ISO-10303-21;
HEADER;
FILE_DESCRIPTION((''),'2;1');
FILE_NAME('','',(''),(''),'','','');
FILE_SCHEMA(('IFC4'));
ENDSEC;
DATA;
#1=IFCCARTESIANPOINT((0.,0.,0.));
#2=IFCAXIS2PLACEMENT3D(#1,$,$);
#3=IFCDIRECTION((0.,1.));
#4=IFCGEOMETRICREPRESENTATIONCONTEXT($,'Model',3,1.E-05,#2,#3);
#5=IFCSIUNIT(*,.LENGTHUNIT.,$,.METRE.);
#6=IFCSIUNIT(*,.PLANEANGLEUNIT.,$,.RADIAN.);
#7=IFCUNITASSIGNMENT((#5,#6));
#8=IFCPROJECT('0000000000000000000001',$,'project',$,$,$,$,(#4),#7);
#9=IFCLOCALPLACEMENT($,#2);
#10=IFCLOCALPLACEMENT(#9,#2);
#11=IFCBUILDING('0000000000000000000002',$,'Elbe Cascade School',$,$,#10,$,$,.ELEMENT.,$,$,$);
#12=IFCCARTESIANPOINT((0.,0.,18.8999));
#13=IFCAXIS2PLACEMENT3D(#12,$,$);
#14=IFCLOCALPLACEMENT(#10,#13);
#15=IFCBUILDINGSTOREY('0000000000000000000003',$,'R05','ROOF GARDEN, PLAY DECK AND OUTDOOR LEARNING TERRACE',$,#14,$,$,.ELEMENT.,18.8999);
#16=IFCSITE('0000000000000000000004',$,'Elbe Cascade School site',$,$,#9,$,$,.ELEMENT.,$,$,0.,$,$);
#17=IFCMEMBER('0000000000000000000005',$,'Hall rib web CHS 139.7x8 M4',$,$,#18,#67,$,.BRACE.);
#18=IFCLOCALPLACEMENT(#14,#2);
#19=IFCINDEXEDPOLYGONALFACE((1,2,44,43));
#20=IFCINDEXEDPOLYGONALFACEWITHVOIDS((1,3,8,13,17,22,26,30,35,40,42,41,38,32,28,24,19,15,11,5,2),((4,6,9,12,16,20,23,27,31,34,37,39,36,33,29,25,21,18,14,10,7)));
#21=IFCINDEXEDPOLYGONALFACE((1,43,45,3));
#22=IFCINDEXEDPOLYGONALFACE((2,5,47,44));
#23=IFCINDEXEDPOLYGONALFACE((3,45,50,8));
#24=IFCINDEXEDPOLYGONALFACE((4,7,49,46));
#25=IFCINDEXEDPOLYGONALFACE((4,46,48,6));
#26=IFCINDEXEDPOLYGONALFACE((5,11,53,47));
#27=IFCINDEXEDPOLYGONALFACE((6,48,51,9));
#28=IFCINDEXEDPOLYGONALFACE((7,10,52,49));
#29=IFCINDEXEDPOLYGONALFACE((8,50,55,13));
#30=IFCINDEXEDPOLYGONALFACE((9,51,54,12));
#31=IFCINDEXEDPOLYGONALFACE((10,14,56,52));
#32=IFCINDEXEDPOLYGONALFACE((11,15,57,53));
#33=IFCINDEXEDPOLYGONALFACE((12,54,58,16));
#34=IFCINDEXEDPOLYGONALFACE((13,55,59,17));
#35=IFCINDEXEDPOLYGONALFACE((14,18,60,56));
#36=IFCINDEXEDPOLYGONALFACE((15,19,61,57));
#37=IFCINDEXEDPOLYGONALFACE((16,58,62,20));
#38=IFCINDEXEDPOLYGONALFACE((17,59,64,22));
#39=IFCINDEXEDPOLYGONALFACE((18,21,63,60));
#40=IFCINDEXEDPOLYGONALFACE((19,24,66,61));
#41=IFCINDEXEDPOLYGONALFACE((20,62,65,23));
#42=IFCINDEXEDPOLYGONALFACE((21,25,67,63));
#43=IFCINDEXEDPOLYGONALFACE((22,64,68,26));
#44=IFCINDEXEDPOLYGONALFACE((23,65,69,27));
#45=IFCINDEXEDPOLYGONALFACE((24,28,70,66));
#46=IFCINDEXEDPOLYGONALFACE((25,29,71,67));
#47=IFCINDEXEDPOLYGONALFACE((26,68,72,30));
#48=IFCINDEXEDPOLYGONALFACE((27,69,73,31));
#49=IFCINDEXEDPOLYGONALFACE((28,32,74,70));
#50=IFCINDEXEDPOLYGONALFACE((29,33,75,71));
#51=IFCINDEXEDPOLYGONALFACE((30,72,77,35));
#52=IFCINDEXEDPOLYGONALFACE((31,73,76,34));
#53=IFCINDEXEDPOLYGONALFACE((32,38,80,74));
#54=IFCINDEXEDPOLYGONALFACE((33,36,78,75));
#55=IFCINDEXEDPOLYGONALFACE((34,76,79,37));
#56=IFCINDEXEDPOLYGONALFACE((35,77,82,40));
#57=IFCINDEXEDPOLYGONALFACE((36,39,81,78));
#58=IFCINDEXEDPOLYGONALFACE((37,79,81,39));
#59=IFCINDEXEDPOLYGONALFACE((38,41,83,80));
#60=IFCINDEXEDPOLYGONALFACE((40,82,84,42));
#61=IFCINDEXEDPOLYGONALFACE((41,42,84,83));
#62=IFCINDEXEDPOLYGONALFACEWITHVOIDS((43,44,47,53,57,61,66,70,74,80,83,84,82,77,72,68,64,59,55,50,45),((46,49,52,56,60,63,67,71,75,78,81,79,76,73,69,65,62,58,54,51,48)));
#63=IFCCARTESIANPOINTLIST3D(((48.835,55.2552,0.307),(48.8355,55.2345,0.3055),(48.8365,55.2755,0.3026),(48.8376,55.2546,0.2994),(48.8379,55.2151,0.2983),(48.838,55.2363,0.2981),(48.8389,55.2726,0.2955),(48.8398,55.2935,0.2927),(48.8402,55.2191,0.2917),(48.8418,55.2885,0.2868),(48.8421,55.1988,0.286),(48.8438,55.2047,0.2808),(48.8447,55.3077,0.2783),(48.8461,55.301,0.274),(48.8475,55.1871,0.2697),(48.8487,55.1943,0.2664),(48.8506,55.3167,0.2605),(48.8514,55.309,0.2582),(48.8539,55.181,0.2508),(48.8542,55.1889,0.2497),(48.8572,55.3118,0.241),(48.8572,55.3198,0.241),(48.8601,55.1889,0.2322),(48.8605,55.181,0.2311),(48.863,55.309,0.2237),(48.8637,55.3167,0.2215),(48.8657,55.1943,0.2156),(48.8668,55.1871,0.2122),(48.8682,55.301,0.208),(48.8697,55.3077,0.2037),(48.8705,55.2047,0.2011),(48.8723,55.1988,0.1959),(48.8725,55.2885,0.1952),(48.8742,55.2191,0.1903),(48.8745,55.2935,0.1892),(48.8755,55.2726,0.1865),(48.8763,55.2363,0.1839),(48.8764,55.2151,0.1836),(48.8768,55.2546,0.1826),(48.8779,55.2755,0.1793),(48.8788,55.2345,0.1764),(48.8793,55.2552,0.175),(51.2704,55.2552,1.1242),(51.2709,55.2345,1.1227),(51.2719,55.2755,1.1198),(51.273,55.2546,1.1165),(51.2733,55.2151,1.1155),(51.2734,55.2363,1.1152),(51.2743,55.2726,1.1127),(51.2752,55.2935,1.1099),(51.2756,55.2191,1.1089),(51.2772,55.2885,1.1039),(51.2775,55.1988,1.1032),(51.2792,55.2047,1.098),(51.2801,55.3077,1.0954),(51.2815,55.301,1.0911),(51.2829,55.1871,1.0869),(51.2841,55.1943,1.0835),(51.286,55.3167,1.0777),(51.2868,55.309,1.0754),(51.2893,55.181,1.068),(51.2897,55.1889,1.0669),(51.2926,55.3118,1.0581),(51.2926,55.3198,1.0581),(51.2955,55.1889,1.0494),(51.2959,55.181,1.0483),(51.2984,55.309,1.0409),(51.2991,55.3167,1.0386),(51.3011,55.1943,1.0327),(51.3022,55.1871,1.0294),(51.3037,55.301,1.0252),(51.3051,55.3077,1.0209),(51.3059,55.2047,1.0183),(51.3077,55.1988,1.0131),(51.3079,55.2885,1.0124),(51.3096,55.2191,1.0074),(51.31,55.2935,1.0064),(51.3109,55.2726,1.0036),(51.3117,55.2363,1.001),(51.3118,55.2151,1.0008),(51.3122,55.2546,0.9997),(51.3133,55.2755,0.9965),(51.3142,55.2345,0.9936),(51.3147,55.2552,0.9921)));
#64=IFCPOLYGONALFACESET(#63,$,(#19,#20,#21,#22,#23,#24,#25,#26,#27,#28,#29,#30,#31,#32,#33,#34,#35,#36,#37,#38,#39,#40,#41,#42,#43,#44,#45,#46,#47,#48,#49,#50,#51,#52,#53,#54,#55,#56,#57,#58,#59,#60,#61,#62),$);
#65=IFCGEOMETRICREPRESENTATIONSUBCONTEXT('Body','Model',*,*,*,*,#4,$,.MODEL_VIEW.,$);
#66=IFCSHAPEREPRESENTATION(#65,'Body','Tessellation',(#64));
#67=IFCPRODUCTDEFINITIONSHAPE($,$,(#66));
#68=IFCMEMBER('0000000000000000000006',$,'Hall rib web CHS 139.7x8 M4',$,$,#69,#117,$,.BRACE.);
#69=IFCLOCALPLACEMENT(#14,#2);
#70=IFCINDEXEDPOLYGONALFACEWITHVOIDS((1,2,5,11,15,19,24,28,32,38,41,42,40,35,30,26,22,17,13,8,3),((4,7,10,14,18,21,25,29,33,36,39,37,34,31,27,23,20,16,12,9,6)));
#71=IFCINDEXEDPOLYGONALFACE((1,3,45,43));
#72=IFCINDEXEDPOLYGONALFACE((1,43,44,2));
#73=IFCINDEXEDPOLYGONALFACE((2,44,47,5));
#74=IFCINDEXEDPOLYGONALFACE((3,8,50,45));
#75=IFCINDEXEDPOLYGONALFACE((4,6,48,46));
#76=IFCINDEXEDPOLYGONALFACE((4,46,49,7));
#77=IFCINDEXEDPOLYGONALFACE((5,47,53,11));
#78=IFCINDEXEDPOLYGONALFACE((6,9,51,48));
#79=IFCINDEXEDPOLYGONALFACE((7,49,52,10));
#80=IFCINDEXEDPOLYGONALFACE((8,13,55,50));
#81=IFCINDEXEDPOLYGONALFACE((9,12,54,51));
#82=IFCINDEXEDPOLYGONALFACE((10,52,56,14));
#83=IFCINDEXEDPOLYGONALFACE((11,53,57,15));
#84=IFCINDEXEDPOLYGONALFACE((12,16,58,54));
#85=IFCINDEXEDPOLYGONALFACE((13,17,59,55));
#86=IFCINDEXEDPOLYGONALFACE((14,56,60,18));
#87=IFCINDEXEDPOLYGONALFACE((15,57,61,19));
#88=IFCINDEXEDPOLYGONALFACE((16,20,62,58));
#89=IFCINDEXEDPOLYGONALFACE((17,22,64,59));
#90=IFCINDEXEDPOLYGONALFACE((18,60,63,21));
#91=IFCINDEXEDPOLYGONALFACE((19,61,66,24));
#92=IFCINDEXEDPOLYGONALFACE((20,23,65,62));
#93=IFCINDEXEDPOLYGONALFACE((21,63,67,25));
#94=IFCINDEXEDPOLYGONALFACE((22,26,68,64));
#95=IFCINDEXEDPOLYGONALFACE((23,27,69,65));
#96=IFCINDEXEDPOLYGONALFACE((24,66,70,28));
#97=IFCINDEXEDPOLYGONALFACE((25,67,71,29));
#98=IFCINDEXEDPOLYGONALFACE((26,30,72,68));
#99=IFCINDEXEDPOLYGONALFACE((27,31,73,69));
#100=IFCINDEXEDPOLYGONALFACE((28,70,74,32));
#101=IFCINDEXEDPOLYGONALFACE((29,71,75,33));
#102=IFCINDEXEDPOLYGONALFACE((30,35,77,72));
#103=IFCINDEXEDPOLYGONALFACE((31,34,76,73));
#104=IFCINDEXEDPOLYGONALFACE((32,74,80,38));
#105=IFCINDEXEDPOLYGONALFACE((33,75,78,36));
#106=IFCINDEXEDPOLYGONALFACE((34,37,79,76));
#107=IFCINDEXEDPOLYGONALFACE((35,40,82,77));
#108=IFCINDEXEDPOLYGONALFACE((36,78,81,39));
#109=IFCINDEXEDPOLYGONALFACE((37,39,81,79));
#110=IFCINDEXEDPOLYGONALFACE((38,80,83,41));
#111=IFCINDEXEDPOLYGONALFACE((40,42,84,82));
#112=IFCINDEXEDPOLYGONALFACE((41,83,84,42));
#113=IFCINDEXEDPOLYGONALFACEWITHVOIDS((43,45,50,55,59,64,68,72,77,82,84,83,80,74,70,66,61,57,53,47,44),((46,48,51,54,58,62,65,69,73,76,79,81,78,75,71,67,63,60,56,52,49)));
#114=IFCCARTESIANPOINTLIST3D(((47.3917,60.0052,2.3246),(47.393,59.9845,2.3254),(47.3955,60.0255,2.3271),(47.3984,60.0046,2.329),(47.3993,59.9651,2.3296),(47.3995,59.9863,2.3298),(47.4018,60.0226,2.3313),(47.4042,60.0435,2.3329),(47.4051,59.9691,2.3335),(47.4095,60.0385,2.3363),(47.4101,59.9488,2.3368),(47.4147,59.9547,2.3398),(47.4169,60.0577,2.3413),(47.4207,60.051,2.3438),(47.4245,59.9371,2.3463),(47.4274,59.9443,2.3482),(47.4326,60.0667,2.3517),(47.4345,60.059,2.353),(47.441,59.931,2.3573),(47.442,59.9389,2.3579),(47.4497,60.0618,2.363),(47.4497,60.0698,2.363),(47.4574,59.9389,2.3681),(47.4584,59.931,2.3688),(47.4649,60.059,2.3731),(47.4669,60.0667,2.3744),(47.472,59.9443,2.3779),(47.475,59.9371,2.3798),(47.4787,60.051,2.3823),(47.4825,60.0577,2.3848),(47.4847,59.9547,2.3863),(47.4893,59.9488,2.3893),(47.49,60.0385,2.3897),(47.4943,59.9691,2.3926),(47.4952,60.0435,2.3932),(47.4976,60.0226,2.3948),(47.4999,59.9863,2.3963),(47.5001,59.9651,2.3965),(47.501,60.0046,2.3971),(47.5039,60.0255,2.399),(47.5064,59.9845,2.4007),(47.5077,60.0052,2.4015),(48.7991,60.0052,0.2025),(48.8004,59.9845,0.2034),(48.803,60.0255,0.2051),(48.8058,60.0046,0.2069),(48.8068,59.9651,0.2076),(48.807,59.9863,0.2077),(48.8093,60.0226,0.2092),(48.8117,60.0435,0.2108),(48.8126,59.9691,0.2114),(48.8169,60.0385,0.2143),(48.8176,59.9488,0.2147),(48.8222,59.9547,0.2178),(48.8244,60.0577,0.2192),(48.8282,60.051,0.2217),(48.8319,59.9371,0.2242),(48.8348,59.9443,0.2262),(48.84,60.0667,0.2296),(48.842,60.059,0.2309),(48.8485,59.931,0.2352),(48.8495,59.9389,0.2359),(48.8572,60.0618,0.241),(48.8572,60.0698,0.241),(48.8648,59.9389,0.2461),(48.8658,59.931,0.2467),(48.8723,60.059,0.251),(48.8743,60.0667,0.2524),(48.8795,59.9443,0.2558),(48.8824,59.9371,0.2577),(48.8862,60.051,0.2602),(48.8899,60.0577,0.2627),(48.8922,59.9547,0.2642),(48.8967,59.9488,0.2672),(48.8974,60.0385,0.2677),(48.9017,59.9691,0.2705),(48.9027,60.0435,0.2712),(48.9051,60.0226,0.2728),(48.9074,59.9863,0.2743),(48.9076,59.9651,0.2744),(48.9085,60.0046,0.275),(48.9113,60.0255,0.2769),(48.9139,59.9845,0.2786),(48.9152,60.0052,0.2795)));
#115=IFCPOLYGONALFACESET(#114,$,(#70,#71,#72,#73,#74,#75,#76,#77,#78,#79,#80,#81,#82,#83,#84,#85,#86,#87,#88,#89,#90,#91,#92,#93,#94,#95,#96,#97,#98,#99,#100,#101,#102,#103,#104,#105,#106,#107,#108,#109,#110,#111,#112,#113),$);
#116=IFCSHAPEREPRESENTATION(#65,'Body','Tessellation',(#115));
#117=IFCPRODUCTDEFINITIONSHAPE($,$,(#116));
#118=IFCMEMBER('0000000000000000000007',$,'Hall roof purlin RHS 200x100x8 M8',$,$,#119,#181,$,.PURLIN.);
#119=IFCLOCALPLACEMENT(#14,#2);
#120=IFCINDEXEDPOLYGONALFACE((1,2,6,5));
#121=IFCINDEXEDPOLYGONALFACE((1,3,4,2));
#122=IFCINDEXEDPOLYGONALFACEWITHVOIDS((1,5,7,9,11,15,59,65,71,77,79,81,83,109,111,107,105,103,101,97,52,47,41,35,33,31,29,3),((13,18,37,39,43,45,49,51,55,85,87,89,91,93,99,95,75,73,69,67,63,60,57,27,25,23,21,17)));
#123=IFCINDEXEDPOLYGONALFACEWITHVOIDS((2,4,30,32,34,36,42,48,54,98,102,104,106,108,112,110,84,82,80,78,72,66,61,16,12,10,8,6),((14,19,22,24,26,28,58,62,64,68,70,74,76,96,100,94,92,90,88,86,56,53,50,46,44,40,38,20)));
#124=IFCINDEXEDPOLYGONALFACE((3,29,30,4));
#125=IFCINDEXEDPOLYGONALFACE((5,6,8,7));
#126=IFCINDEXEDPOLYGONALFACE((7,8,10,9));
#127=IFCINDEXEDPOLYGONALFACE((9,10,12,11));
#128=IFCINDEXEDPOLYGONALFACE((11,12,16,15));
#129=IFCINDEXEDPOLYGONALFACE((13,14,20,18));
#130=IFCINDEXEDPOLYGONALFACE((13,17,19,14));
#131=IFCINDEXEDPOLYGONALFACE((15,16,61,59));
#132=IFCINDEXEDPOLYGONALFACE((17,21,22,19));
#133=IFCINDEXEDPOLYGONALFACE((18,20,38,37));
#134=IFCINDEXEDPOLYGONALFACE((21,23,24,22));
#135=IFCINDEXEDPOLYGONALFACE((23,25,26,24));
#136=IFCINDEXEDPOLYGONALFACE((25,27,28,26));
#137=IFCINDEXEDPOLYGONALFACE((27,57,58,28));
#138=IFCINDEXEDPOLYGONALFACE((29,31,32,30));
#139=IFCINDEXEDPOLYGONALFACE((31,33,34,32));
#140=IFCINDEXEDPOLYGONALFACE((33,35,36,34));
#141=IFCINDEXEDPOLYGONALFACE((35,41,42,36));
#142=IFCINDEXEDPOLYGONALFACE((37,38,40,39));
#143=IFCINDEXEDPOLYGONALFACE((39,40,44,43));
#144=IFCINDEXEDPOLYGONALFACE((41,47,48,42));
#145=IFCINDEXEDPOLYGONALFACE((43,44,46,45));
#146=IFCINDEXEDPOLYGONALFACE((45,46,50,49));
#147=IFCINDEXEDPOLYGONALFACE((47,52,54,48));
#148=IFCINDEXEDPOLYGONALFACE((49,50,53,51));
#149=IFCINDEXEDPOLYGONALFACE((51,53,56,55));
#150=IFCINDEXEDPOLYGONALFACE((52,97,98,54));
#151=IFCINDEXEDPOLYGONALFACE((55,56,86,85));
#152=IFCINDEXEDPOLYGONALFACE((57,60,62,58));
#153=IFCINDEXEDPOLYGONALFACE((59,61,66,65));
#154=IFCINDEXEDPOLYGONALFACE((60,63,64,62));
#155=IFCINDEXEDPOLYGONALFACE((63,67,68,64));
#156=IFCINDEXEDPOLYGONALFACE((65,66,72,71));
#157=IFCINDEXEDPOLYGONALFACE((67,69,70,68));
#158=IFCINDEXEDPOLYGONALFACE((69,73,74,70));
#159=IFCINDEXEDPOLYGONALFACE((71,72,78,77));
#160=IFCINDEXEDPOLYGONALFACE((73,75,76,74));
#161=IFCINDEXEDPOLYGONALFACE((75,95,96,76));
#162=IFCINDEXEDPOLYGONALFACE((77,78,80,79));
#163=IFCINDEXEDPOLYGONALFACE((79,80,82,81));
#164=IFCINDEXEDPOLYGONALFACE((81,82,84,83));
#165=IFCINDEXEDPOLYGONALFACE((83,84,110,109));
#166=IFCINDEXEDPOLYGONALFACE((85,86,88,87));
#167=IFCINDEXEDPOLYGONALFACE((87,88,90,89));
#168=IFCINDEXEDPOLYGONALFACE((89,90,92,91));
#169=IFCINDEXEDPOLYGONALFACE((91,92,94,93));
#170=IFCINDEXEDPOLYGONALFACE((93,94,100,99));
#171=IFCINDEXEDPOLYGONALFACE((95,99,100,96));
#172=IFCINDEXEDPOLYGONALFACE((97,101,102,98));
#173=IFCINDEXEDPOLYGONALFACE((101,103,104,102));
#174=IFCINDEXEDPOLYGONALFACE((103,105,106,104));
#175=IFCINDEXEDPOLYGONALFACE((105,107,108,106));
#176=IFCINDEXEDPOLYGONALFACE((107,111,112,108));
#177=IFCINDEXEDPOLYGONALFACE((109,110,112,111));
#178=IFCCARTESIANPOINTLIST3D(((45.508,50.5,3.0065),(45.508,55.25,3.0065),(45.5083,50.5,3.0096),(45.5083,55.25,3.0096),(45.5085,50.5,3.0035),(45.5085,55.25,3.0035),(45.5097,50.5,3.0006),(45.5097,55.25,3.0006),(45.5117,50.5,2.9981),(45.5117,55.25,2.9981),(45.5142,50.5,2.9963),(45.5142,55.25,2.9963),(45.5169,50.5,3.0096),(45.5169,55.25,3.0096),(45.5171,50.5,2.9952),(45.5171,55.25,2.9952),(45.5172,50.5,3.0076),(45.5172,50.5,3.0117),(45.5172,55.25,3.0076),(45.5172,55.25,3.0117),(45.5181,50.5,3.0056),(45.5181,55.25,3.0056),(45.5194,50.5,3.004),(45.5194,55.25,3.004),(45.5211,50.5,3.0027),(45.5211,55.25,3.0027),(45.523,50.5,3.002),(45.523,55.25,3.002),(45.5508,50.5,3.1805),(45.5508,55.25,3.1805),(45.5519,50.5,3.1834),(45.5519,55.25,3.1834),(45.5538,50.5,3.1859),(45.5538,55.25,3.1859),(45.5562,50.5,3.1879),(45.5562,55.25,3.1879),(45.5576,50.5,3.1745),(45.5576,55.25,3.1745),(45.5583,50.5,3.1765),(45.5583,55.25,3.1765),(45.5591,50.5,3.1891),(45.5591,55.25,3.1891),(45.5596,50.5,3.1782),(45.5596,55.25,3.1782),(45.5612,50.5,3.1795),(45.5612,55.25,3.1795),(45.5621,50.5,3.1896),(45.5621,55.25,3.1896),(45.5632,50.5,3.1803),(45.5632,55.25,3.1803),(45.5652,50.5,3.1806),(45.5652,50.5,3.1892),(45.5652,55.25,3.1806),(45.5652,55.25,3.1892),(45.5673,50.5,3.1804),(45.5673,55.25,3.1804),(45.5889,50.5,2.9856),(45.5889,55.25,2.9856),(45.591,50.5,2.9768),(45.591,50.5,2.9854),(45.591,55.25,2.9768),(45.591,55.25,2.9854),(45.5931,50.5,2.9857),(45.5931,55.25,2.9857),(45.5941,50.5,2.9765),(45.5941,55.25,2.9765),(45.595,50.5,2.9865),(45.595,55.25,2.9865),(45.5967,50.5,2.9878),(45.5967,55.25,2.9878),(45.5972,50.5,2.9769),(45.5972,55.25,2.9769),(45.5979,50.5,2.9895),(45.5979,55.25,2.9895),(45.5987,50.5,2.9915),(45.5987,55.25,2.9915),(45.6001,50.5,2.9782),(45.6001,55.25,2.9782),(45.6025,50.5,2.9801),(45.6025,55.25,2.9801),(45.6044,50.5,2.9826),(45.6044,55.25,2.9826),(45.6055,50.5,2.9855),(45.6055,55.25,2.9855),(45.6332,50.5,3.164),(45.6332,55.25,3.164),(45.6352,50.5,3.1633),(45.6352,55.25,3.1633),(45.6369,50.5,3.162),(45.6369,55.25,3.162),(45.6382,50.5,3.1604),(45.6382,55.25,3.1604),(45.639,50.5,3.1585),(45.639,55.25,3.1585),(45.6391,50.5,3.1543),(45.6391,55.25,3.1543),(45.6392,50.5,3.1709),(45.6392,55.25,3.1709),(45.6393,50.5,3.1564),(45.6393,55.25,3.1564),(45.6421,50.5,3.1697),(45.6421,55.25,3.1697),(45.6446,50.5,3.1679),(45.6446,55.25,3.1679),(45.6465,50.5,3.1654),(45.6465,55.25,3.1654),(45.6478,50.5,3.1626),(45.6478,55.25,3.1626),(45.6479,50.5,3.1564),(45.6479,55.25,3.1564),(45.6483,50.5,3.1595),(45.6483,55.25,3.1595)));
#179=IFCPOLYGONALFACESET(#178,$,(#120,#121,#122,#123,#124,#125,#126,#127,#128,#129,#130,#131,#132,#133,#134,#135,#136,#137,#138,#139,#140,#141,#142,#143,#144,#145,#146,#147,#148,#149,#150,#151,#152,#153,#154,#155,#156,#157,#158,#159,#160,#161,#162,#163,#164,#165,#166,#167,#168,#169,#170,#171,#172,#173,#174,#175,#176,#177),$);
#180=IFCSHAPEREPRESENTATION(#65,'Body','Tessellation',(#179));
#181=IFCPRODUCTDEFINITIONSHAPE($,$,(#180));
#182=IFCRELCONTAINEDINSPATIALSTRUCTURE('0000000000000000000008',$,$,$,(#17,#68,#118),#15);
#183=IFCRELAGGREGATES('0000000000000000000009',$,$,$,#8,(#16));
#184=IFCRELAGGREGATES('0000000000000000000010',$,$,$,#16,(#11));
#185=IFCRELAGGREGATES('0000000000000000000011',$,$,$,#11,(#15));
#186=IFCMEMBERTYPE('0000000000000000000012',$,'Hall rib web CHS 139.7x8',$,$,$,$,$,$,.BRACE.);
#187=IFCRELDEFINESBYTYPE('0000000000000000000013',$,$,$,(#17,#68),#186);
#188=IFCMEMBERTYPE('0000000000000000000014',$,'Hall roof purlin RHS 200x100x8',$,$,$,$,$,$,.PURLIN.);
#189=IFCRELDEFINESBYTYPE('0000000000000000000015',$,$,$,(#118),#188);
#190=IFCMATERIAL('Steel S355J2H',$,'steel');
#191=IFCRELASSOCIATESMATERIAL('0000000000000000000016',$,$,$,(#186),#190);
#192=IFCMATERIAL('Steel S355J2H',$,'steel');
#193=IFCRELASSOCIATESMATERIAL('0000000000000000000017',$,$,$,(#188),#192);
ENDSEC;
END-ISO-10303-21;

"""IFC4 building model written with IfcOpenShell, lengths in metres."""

from ifc_helpers import new_model, si_unit, direction, frame, origin, origin_2d, place, context, subcontext, project, spatial, hollow_rectangle, hollow_circle, extrude, material, material_profile, profile_set, type_object, element, save


model = new_model("IFC4")

# Units and contexts
model_context = context("Model", 3, precision=1e-05, world=origin(), true_north=direction((0.0, 1.0)))
body_context = subcontext(model_context, "Body", "Model", "MODEL_VIEW")
ifc_project = project(units=[si_unit("LENGTHUNIT", "METRE"), si_unit("PLANEANGLEUNIT", "RADIAN")], contexts=[model_context])

# Site, building, storey
site_placement = place(None, origin())
site = spatial("IfcSite", under=ifc_project, at=site_placement, Name="Elbe Cascade School site", CompositionType="ELEMENT", RefElevation=0.0)
building_placement = place(site_placement, origin())
building = spatial("IfcBuilding", under=site, at=building_placement, Name="Elbe Cascade School", CompositionType="ELEMENT")
storey_placement = place(building_placement, frame((0.0, 0.0, 18.8999)))
storey = spatial("IfcBuildingStorey", under=building, at=storey_placement, Name="R05", Description="ROOF GARDEN, PLAY DECK AND OUTDOOR LEARNING TERRACE", CompositionType="ELEMENT", Elevation=18.8999)

# Members
ifc_material_1 = material(Name="Steel S355J2H", Category="steel")
ifc_material_profile_1 = material_profile(ifc_material_1, hollow_circle(Radius=0.0698, WallThickness=0.0081, at=origin_2d()), Name="CHS 139.7x8")
ifc_profile_set_1 = profile_set([ifc_material_profile_1], Name="Steel S355J2H")
member_type_1 = type_object("IfcMemberType", Name="Hall rib web CHS 139.7x8", PredefinedType="BRACE", material=ifc_profile_set_1)
member_1_placement = place(storey_placement, frame((48.8572, 55.25, 0.241), z_axis=(0.948054, 0.0, 0.318109), x_axis=(0.0, 1.0, 0.0)))
element("IfcMember", 1, at=member_1_placement, inside=storey, type_object=member_type_1, Name="Hall rib web CHS 139.7x8 M4", PredefinedType="BRACE", context=body_context, shape_type="SweptSolid", body=[
    extrude(hollow_circle(Radius=0.0698, WallThickness=0.0081, at=origin_2d()), origin(), (0.0, 0.0, 1.0), 2.5688),
])
member_2_placement = place(storey_placement, frame((47.4497, 60.0, 2.363), z_axis=(0.552729, 0.0, -0.833361), x_axis=(0.0, 1.0, 0.0)))
element("IfcMember", 2, at=member_2_placement, inside=storey, type_object=member_type_1, Name="Hall rib web CHS 139.7x8 M4", PredefinedType="BRACE", context=body_context, shape_type="SweptSolid", body=[
    extrude(hollow_circle(Radius=0.0698, WallThickness=0.0081, at=origin_2d()), origin(), (0.0, 0.0, 1.0), 2.5464),
])
ifc_material_2 = material(Name="Steel S355J2H", Category="steel")
ifc_material_profile_2 = material_profile(ifc_material_2, hollow_rectangle(XDim=0.1001, YDim=0.2, WallThickness=0.0081, InnerFilletRadius=0.0081, OuterFilletRadius=0.012, at=origin_2d()), Name="RHS 200x100x8")
ifc_profile_set_2 = profile_set([ifc_material_profile_2], Name="Steel S355J2H")
member_type_2 = type_object("IfcMemberType", Name="Hall roof purlin RHS 200x100x8", PredefinedType="PURLIN", material=ifc_profile_set_2)
for number, where, z_axis, x_axis, name in (
    (3, (45.5781, 50.5, 3.083), (0.0, 1.0, 0.0), (-0.970543, 0.0, 0.240927), "Hall roof purlin RHS 200x100x8 M8"),
):
    element("IfcMember", number, at=place(storey_placement, frame(where, z_axis=z_axis, x_axis=x_axis)), inside=storey, type_object=member_type_2, Name=name, PredefinedType="PURLIN", context=body_context, shape_type="SweptSolid", body=[
        extrude(hollow_rectangle(XDim=0.1001, YDim=0.2, WallThickness=0.0081, InnerFilletRadius=0.0081, OuterFilletRadius=0.012, at=origin_2d()), origin(), (0.0, 0.0, 1.0), 4.75),
    ])

save(model, "model.ifc")
